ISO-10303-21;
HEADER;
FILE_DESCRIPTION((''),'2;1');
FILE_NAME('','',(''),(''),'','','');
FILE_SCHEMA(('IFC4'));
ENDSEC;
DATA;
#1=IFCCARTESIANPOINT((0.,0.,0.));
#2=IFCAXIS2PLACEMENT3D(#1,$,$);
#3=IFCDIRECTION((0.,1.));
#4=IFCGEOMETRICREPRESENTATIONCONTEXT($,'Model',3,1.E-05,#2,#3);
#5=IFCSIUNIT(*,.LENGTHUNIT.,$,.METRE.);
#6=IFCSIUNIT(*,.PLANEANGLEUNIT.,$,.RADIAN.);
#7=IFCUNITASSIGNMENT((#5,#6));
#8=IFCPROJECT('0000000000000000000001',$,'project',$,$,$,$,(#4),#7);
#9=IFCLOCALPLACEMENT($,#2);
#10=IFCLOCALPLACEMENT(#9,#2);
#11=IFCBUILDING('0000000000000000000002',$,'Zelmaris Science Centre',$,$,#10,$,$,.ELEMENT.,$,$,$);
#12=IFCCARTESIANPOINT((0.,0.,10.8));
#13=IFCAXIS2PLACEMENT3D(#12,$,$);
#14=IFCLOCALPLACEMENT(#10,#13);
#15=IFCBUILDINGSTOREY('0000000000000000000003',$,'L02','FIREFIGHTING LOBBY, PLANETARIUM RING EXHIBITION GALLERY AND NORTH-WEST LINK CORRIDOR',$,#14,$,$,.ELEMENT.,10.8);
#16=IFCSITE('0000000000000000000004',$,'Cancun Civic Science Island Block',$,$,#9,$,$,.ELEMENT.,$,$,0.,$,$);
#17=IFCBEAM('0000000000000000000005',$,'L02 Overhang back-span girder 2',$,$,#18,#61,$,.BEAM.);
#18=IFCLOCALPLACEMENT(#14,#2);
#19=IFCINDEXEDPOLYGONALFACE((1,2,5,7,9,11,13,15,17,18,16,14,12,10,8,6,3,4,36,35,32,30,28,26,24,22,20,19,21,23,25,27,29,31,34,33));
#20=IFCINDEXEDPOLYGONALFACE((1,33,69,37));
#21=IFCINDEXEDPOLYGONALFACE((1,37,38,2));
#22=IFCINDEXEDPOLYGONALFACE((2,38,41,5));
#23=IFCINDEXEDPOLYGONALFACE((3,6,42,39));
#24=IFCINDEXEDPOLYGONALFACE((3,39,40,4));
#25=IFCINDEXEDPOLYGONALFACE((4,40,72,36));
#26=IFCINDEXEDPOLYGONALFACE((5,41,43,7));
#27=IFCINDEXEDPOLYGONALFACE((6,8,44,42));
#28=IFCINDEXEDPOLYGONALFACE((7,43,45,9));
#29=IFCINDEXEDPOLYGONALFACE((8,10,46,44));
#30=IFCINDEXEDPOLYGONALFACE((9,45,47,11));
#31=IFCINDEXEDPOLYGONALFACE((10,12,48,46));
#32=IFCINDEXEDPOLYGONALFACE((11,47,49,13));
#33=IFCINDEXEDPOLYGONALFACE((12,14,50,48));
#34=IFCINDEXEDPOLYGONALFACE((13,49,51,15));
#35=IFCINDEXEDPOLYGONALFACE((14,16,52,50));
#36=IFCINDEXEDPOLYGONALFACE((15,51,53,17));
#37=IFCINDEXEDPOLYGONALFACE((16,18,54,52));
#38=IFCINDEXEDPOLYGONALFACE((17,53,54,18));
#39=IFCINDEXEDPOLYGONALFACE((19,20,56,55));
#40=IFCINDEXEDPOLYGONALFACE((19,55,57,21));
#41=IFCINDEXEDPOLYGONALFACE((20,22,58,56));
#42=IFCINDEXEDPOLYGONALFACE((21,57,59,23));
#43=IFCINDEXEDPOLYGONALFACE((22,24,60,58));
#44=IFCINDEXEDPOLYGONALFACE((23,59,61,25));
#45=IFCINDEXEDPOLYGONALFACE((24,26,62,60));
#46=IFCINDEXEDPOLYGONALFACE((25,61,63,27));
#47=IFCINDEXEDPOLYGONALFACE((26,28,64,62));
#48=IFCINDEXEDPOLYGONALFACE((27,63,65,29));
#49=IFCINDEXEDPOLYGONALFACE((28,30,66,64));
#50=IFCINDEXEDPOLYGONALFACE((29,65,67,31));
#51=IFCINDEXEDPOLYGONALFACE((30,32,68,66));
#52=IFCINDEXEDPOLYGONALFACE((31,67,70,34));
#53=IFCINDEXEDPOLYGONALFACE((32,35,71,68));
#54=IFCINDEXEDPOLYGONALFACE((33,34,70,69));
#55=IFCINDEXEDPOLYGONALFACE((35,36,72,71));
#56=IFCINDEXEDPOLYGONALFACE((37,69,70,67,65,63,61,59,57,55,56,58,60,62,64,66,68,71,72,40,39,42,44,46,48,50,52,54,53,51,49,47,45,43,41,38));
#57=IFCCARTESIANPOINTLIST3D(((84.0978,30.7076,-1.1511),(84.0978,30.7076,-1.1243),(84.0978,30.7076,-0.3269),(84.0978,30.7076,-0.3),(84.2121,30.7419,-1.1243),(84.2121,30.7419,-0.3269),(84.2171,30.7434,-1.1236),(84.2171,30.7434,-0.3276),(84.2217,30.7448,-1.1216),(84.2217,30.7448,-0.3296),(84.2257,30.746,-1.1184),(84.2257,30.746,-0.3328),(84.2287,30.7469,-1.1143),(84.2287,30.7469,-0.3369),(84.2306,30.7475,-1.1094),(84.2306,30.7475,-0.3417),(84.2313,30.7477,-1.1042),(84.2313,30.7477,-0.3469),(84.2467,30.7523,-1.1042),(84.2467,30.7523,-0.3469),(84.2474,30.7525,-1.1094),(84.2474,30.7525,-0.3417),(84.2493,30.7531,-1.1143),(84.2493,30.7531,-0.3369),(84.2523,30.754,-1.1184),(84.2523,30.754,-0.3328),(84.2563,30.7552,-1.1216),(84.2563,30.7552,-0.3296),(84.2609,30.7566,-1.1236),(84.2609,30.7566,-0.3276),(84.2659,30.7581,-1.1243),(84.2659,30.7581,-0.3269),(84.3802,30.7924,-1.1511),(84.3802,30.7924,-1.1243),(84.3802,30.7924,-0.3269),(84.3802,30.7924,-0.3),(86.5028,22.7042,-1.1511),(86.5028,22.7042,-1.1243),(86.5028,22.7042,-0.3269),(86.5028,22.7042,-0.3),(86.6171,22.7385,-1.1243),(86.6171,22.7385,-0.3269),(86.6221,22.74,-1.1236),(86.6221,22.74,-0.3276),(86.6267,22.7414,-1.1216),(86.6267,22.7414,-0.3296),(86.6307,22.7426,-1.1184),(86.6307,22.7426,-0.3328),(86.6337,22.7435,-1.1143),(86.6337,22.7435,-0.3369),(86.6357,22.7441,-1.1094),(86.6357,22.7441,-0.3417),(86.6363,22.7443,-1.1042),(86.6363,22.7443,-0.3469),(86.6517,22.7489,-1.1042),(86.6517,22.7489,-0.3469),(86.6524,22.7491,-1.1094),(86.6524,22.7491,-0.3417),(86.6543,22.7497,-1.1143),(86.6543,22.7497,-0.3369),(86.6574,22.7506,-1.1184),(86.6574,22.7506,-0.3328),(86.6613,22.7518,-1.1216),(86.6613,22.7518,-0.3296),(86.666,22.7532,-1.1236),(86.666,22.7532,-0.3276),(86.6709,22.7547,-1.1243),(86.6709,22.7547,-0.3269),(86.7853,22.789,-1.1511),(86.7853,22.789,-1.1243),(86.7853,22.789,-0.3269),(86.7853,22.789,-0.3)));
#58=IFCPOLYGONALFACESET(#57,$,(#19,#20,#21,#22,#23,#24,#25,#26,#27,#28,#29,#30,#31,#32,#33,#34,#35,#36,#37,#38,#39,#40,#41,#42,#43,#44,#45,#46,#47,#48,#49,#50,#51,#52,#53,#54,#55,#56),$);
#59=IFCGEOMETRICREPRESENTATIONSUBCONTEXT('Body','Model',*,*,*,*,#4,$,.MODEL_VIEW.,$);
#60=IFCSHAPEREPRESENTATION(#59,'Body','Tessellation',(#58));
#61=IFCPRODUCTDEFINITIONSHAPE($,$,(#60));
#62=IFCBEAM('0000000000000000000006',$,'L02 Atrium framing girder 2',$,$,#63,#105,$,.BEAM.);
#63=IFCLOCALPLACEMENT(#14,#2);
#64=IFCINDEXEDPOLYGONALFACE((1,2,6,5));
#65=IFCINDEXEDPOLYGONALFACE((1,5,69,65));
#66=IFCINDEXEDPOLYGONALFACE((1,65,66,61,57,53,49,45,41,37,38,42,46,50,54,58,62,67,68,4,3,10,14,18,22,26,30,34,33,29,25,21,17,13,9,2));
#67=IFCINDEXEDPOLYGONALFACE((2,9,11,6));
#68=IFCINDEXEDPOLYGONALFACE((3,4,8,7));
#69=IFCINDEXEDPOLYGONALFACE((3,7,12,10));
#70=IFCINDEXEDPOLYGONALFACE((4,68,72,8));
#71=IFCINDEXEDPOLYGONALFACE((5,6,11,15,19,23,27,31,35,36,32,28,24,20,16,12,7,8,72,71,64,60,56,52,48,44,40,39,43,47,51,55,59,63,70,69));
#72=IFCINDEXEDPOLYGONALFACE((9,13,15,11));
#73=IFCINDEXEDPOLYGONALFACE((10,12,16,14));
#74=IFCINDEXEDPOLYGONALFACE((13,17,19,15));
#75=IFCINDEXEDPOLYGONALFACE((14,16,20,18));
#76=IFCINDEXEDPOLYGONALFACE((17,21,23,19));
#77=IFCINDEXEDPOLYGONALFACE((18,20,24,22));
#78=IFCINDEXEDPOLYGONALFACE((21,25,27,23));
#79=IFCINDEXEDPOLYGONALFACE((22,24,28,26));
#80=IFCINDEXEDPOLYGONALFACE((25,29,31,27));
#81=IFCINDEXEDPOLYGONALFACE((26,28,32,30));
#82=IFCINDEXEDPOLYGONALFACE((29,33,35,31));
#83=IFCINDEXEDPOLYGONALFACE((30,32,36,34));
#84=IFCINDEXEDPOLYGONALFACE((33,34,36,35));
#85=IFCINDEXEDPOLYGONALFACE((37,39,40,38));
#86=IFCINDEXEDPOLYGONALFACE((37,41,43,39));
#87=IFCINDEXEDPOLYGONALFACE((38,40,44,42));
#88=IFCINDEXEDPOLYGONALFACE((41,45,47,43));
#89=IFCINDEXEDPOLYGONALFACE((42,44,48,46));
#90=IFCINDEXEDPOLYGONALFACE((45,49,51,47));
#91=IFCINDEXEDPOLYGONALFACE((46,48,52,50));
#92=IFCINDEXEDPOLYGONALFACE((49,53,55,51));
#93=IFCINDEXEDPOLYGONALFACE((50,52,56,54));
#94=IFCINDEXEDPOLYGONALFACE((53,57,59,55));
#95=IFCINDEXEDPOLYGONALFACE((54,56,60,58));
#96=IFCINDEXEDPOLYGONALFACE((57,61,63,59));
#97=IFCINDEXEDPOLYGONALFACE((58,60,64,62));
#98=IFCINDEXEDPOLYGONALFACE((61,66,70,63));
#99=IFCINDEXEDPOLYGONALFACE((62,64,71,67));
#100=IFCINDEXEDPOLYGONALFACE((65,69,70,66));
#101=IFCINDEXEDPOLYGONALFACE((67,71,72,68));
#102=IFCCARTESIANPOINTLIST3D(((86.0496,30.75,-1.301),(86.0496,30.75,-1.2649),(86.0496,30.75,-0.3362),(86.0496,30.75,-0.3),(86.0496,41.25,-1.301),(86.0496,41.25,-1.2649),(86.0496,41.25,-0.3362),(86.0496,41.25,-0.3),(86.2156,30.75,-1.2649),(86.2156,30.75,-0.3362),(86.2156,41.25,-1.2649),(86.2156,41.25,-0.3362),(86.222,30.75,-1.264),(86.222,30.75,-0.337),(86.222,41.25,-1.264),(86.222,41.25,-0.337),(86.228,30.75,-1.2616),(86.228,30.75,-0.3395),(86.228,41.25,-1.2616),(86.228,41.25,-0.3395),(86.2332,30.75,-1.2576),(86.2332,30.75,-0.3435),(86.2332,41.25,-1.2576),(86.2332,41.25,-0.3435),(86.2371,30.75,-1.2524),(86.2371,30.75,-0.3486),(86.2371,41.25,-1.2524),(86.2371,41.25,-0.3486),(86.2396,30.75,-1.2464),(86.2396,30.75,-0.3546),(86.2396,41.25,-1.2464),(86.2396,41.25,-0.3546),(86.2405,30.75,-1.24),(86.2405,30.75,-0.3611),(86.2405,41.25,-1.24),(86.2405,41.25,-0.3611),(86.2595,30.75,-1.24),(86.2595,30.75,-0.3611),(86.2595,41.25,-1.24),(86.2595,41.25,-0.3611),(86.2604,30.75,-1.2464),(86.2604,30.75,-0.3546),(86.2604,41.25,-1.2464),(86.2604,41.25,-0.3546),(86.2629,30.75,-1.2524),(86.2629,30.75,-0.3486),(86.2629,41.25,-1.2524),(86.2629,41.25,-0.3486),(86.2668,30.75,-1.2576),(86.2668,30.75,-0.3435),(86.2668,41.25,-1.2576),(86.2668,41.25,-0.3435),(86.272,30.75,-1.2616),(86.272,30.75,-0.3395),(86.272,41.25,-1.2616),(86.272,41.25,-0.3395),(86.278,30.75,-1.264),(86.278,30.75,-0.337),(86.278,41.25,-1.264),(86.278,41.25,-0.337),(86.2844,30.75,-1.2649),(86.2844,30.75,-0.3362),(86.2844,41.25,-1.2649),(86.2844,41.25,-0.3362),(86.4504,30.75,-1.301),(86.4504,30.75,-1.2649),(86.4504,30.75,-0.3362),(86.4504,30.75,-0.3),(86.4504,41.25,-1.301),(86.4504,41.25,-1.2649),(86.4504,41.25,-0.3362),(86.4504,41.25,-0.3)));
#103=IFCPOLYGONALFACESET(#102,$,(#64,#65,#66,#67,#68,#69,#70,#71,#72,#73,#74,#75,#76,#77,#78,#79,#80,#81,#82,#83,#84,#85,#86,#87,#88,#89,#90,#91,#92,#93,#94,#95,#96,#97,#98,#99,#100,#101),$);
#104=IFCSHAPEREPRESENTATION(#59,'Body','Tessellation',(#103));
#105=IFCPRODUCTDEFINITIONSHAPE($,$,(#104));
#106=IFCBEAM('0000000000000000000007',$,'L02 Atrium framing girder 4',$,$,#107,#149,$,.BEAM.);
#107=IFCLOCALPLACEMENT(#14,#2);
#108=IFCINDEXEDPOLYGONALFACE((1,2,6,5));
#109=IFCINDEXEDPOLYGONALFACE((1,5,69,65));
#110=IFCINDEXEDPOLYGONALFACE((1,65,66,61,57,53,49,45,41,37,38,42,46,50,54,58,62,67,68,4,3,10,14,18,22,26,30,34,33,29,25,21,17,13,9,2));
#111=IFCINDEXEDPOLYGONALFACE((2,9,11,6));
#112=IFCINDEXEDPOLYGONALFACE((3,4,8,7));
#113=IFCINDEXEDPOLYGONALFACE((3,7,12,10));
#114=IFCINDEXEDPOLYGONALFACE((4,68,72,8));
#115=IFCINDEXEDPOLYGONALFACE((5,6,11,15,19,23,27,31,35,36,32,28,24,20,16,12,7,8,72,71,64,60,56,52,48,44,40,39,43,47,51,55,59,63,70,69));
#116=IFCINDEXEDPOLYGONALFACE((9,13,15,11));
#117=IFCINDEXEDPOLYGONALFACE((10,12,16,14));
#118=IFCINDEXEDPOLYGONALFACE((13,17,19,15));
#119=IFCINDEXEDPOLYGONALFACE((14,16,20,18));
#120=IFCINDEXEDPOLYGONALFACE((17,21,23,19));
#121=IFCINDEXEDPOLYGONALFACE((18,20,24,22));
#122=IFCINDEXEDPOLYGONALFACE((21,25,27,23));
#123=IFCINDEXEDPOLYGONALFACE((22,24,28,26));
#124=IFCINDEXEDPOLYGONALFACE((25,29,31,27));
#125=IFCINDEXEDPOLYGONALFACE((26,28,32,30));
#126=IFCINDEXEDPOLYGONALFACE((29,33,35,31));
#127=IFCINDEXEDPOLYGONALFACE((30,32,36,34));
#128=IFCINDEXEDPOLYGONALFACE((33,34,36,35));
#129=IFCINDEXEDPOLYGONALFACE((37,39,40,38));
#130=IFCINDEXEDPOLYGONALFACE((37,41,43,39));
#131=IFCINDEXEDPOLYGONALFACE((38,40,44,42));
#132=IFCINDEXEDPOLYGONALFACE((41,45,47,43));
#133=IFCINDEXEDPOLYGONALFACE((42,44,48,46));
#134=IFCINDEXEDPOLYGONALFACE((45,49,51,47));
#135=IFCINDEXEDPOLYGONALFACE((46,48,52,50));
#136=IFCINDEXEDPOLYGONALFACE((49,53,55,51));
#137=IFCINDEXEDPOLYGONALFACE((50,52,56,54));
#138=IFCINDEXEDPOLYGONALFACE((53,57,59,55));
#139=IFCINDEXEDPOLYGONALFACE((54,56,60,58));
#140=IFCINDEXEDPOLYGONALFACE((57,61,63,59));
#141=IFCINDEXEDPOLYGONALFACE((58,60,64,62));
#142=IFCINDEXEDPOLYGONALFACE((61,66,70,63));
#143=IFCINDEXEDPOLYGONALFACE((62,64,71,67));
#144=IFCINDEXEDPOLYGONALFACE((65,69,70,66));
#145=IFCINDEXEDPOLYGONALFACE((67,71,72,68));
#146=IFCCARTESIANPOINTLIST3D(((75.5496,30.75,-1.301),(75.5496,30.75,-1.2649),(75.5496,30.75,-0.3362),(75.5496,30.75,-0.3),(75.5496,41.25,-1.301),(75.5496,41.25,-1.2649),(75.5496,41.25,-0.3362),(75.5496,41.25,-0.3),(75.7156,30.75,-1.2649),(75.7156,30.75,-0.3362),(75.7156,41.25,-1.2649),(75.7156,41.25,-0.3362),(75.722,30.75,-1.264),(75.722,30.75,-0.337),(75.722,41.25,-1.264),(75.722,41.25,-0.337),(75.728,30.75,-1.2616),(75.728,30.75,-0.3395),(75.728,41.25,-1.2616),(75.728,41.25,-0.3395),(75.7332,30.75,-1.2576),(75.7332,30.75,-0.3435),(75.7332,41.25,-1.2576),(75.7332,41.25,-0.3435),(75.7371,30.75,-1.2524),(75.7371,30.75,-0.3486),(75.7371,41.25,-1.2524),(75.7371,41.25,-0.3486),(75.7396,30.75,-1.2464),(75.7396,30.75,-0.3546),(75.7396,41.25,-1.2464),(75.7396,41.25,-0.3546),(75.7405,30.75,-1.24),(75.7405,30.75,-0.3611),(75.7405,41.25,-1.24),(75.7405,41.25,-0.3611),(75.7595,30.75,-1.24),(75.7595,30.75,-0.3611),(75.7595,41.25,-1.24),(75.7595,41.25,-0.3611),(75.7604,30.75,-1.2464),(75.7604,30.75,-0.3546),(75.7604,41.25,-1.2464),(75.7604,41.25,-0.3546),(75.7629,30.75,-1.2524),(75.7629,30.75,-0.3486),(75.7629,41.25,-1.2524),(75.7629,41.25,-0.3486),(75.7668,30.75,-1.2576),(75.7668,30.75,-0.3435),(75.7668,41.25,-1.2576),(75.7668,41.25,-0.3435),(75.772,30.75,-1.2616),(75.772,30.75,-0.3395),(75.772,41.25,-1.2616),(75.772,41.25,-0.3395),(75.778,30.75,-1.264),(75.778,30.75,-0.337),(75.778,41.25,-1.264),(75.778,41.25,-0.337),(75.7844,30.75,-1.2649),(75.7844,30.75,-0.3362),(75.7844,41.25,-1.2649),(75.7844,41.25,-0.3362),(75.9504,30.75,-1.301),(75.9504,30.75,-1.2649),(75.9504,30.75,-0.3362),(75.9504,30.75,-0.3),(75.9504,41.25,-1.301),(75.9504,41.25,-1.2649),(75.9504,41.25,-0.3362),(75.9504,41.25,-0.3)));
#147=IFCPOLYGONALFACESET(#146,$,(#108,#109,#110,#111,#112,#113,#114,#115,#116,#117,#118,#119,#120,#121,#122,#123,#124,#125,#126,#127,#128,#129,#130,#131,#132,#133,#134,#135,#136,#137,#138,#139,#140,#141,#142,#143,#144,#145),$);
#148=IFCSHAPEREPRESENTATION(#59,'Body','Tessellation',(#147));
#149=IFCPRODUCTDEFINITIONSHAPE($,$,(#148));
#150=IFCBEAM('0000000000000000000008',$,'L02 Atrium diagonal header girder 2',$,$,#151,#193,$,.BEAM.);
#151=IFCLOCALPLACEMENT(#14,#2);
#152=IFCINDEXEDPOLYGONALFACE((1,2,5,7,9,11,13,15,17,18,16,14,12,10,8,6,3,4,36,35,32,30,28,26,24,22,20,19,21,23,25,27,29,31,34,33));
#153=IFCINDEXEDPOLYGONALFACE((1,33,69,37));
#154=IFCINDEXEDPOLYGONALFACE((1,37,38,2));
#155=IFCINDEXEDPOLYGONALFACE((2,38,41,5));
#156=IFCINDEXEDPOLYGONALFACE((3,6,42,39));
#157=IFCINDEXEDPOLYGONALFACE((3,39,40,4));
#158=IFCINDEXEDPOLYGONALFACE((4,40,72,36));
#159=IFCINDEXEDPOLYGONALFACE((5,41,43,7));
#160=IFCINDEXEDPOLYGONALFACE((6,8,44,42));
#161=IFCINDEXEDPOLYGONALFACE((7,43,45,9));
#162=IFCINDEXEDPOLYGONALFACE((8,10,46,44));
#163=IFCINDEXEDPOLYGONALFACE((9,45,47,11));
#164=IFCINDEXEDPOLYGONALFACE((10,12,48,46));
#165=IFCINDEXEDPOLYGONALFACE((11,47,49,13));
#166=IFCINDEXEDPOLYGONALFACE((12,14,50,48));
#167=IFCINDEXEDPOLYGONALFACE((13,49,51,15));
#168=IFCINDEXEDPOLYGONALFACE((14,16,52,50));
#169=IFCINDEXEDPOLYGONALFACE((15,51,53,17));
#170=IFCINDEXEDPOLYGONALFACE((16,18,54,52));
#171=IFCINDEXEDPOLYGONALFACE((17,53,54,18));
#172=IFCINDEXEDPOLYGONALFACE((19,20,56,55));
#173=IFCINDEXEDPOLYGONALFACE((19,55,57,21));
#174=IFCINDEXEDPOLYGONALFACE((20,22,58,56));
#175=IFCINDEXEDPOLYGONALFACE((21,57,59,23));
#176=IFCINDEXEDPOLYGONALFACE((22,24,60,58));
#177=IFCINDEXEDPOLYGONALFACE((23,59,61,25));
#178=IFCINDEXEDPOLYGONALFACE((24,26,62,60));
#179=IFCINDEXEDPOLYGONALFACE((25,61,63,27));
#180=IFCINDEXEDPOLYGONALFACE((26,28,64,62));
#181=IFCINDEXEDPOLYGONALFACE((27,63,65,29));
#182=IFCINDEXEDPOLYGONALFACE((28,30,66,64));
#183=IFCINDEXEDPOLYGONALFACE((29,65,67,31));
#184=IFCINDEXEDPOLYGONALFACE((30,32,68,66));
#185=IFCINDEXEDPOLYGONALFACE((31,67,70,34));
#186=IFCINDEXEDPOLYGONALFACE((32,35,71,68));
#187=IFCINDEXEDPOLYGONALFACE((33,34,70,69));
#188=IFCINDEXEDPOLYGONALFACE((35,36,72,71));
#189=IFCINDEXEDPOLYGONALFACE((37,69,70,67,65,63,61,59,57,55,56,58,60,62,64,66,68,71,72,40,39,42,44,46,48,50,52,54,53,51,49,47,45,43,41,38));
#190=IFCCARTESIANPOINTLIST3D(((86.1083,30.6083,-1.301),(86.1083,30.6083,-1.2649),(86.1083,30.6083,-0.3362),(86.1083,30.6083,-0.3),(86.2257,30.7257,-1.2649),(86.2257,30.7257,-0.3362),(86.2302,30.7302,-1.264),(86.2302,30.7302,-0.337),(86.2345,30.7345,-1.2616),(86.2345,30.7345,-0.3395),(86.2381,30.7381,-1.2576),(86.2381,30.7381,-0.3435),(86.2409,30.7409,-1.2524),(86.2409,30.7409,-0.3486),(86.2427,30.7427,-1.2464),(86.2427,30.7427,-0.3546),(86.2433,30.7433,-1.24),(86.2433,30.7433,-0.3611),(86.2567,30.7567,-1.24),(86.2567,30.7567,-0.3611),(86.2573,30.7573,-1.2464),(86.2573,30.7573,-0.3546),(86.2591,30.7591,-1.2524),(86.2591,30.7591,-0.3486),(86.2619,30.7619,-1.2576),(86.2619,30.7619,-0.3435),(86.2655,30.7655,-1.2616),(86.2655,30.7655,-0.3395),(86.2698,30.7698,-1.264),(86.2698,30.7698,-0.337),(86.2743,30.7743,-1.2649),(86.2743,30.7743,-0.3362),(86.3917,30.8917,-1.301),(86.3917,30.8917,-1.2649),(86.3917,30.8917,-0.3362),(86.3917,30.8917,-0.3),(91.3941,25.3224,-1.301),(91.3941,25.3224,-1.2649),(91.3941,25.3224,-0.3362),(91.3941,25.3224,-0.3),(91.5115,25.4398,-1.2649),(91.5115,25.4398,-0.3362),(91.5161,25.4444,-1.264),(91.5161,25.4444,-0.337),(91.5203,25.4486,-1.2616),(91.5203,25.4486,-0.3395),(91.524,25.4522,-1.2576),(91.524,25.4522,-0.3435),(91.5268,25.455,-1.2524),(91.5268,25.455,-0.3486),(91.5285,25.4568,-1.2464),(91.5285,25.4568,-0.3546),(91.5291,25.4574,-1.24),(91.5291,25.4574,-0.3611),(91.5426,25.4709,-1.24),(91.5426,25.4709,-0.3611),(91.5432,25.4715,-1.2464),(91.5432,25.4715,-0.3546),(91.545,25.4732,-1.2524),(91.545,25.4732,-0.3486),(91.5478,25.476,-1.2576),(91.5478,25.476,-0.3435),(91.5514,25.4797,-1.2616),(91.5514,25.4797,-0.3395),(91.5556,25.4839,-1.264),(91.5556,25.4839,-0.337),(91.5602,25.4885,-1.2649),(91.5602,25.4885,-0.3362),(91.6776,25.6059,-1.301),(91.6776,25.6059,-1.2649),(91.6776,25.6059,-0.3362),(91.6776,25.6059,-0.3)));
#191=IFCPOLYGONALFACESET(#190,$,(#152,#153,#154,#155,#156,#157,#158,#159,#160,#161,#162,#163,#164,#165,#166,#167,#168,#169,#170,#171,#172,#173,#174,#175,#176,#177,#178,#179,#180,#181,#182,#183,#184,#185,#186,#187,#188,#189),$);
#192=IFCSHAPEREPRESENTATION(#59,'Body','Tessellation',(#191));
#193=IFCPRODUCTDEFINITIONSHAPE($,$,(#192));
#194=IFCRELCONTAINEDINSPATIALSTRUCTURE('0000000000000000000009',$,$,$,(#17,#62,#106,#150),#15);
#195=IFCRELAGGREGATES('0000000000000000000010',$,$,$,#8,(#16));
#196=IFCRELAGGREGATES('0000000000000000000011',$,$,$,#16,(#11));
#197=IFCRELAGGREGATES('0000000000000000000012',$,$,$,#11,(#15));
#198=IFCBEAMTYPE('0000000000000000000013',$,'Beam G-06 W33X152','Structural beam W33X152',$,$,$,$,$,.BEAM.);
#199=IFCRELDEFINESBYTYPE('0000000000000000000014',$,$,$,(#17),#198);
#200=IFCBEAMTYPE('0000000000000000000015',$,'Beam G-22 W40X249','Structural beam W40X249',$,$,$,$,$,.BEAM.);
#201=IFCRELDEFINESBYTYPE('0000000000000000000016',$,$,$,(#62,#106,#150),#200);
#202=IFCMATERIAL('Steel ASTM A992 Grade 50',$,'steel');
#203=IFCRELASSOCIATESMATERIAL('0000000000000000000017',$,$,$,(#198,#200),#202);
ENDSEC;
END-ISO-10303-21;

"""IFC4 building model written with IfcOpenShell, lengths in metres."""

from ifc_helpers import new_model, si_unit, direction, frame, origin, origin_2d, place, context, subcontext, project, spatial, i_section, extrude, material, material_profile, profile_set, type_object, element, save


model = new_model("IFC4")

# Units and contexts
model_context = context("Model", 3, precision=1e-05, world=origin(), true_north=direction((0.0, 1.0)))
body_context = subcontext(model_context, "Body", "Model", "MODEL_VIEW")
ifc_project = project(units=[si_unit("LENGTHUNIT", "METRE"), si_unit("PLANEANGLEUNIT", "RADIAN")], contexts=[model_context])

# Site, building, storey
site_placement = place(None, origin())
site = spatial("IfcSite", under=ifc_project, at=site_placement, Name="Cancun Civic Science Island Block", CompositionType="ELEMENT", RefElevation=0.0)
building_placement = place(site_placement, origin())
building = spatial("IfcBuilding", under=site, at=building_placement, Name="Zelmaris Science Centre", CompositionType="ELEMENT")
storey_placement = place(building_placement, frame((0.0, 0.0, 10.8)))
storey = spatial("IfcBuildingStorey", under=building, at=storey_placement, Name="L02", Description="FIREFIGHTING LOBBY, PLANETARIUM RING EXHIBITION GALLERY AND NORTH-WEST LINK CORRIDOR", CompositionType="ELEMENT", Elevation=10.8)

# Beams
ifc_material_1 = material(Name="Steel ASTM A992 Grade 50", Category="steel")
ifc_material_profile_1 = material_profile(ifc_material_1, i_section(OverallWidth=0.2949, OverallDepth=0.8511, WebThickness=0.0161, FlangeThickness=0.0269, FilletRadius=0.02, at=origin_2d()), Name="W33X152")
ifc_profile_set_1 = profile_set([ifc_material_profile_1], Name="Steel ASTM A992 Grade 50")
beam_type_1 = type_object("IfcBeamType", Name="Beam G-06 W33X152", Description="Structural beam W33X152", PredefinedType="BEAM", material=ifc_profile_set_1)
beam_1_placement = place(storey_placement, frame((84.239, 30.75, -0.7256), z_axis=(0.287787, -0.957694, 0.0), x_axis=(0.957694, 0.287787, 0.0)))
element("IfcBeam", 1, at=beam_1_placement, inside=storey, type_object=beam_type_1, Name="L02 Overhang back-span girder 2", PredefinedType="BEAM", context=body_context, shape_type="SweptSolid", body=[
    extrude(i_section(OverallWidth=0.2949, OverallDepth=0.8511, WebThickness=0.0161, FlangeThickness=0.0269, FilletRadius=0.02, at=origin_2d()), origin(), (0.0, 0.0, 1.0), 8.3569),
])
ifc_material_profile_2 = material_profile(ifc_material_1, i_section(OverallWidth=0.4009, OverallDepth=1.001, WebThickness=0.019, FlangeThickness=0.0361, FilletRadius=0.0249, at=origin_2d()), Name="W40X249")
ifc_profile_set_2 = profile_set([ifc_material_profile_2], Name="Steel ASTM A992 Grade 50")
beam_type_2 = type_object("IfcBeamType", Name="Beam G-22 W40X249", Description="Structural beam W40X249", PredefinedType="BEAM", material=ifc_profile_set_2)
for number, where, z_axis, x_axis, name in (
    (2, (86.25, 30.75, -0.8005), (0.0, 1.0, 0.0), (-1.0, 0.0, 0.0), "L02 Atrium framing girder 2"),
    (3, (75.75, 41.25, -0.8005), (0.0, -1.0, 0.0), (1.0, 0.0, 0.0), "L02 Atrium framing girder 4"),
):
    element("IfcBeam", number, at=place(storey_placement, frame(where, z_axis=z_axis, x_axis=x_axis)), inside=storey, type_object=beam_type_2, Name=name, PredefinedType="BEAM", context=body_context, shape_type="SweptSolid", body=[
        extrude(i_section(OverallWidth=0.4009, OverallDepth=1.001, WebThickness=0.019, FlangeThickness=0.0361, FilletRadius=0.0249, at=origin_2d()), origin(), (0.0, 0.0, 1.0), 10.5),
    ])
beam_2_placement = place(storey_placement, frame((86.25, 30.75, -0.8005), z_axis=(0.707107, -0.707107, 0.0), x_axis=(0.707107, 0.707107, 0.0)))
element("IfcBeam", 4, at=beam_2_placement, inside=storey, type_object=beam_type_2, Name="L02 Atrium diagonal header girder 2", PredefinedType="BEAM", context=body_context, shape_type="SweptSolid", body=[
    extrude(i_section(OverallWidth=0.4009, OverallDepth=1.001, WebThickness=0.019, FlangeThickness=0.0361, FilletRadius=0.0249, at=origin_2d()), origin(), (0.0, 0.0, 1.0), 7.4753),
])

save(model, "model.ifc")
